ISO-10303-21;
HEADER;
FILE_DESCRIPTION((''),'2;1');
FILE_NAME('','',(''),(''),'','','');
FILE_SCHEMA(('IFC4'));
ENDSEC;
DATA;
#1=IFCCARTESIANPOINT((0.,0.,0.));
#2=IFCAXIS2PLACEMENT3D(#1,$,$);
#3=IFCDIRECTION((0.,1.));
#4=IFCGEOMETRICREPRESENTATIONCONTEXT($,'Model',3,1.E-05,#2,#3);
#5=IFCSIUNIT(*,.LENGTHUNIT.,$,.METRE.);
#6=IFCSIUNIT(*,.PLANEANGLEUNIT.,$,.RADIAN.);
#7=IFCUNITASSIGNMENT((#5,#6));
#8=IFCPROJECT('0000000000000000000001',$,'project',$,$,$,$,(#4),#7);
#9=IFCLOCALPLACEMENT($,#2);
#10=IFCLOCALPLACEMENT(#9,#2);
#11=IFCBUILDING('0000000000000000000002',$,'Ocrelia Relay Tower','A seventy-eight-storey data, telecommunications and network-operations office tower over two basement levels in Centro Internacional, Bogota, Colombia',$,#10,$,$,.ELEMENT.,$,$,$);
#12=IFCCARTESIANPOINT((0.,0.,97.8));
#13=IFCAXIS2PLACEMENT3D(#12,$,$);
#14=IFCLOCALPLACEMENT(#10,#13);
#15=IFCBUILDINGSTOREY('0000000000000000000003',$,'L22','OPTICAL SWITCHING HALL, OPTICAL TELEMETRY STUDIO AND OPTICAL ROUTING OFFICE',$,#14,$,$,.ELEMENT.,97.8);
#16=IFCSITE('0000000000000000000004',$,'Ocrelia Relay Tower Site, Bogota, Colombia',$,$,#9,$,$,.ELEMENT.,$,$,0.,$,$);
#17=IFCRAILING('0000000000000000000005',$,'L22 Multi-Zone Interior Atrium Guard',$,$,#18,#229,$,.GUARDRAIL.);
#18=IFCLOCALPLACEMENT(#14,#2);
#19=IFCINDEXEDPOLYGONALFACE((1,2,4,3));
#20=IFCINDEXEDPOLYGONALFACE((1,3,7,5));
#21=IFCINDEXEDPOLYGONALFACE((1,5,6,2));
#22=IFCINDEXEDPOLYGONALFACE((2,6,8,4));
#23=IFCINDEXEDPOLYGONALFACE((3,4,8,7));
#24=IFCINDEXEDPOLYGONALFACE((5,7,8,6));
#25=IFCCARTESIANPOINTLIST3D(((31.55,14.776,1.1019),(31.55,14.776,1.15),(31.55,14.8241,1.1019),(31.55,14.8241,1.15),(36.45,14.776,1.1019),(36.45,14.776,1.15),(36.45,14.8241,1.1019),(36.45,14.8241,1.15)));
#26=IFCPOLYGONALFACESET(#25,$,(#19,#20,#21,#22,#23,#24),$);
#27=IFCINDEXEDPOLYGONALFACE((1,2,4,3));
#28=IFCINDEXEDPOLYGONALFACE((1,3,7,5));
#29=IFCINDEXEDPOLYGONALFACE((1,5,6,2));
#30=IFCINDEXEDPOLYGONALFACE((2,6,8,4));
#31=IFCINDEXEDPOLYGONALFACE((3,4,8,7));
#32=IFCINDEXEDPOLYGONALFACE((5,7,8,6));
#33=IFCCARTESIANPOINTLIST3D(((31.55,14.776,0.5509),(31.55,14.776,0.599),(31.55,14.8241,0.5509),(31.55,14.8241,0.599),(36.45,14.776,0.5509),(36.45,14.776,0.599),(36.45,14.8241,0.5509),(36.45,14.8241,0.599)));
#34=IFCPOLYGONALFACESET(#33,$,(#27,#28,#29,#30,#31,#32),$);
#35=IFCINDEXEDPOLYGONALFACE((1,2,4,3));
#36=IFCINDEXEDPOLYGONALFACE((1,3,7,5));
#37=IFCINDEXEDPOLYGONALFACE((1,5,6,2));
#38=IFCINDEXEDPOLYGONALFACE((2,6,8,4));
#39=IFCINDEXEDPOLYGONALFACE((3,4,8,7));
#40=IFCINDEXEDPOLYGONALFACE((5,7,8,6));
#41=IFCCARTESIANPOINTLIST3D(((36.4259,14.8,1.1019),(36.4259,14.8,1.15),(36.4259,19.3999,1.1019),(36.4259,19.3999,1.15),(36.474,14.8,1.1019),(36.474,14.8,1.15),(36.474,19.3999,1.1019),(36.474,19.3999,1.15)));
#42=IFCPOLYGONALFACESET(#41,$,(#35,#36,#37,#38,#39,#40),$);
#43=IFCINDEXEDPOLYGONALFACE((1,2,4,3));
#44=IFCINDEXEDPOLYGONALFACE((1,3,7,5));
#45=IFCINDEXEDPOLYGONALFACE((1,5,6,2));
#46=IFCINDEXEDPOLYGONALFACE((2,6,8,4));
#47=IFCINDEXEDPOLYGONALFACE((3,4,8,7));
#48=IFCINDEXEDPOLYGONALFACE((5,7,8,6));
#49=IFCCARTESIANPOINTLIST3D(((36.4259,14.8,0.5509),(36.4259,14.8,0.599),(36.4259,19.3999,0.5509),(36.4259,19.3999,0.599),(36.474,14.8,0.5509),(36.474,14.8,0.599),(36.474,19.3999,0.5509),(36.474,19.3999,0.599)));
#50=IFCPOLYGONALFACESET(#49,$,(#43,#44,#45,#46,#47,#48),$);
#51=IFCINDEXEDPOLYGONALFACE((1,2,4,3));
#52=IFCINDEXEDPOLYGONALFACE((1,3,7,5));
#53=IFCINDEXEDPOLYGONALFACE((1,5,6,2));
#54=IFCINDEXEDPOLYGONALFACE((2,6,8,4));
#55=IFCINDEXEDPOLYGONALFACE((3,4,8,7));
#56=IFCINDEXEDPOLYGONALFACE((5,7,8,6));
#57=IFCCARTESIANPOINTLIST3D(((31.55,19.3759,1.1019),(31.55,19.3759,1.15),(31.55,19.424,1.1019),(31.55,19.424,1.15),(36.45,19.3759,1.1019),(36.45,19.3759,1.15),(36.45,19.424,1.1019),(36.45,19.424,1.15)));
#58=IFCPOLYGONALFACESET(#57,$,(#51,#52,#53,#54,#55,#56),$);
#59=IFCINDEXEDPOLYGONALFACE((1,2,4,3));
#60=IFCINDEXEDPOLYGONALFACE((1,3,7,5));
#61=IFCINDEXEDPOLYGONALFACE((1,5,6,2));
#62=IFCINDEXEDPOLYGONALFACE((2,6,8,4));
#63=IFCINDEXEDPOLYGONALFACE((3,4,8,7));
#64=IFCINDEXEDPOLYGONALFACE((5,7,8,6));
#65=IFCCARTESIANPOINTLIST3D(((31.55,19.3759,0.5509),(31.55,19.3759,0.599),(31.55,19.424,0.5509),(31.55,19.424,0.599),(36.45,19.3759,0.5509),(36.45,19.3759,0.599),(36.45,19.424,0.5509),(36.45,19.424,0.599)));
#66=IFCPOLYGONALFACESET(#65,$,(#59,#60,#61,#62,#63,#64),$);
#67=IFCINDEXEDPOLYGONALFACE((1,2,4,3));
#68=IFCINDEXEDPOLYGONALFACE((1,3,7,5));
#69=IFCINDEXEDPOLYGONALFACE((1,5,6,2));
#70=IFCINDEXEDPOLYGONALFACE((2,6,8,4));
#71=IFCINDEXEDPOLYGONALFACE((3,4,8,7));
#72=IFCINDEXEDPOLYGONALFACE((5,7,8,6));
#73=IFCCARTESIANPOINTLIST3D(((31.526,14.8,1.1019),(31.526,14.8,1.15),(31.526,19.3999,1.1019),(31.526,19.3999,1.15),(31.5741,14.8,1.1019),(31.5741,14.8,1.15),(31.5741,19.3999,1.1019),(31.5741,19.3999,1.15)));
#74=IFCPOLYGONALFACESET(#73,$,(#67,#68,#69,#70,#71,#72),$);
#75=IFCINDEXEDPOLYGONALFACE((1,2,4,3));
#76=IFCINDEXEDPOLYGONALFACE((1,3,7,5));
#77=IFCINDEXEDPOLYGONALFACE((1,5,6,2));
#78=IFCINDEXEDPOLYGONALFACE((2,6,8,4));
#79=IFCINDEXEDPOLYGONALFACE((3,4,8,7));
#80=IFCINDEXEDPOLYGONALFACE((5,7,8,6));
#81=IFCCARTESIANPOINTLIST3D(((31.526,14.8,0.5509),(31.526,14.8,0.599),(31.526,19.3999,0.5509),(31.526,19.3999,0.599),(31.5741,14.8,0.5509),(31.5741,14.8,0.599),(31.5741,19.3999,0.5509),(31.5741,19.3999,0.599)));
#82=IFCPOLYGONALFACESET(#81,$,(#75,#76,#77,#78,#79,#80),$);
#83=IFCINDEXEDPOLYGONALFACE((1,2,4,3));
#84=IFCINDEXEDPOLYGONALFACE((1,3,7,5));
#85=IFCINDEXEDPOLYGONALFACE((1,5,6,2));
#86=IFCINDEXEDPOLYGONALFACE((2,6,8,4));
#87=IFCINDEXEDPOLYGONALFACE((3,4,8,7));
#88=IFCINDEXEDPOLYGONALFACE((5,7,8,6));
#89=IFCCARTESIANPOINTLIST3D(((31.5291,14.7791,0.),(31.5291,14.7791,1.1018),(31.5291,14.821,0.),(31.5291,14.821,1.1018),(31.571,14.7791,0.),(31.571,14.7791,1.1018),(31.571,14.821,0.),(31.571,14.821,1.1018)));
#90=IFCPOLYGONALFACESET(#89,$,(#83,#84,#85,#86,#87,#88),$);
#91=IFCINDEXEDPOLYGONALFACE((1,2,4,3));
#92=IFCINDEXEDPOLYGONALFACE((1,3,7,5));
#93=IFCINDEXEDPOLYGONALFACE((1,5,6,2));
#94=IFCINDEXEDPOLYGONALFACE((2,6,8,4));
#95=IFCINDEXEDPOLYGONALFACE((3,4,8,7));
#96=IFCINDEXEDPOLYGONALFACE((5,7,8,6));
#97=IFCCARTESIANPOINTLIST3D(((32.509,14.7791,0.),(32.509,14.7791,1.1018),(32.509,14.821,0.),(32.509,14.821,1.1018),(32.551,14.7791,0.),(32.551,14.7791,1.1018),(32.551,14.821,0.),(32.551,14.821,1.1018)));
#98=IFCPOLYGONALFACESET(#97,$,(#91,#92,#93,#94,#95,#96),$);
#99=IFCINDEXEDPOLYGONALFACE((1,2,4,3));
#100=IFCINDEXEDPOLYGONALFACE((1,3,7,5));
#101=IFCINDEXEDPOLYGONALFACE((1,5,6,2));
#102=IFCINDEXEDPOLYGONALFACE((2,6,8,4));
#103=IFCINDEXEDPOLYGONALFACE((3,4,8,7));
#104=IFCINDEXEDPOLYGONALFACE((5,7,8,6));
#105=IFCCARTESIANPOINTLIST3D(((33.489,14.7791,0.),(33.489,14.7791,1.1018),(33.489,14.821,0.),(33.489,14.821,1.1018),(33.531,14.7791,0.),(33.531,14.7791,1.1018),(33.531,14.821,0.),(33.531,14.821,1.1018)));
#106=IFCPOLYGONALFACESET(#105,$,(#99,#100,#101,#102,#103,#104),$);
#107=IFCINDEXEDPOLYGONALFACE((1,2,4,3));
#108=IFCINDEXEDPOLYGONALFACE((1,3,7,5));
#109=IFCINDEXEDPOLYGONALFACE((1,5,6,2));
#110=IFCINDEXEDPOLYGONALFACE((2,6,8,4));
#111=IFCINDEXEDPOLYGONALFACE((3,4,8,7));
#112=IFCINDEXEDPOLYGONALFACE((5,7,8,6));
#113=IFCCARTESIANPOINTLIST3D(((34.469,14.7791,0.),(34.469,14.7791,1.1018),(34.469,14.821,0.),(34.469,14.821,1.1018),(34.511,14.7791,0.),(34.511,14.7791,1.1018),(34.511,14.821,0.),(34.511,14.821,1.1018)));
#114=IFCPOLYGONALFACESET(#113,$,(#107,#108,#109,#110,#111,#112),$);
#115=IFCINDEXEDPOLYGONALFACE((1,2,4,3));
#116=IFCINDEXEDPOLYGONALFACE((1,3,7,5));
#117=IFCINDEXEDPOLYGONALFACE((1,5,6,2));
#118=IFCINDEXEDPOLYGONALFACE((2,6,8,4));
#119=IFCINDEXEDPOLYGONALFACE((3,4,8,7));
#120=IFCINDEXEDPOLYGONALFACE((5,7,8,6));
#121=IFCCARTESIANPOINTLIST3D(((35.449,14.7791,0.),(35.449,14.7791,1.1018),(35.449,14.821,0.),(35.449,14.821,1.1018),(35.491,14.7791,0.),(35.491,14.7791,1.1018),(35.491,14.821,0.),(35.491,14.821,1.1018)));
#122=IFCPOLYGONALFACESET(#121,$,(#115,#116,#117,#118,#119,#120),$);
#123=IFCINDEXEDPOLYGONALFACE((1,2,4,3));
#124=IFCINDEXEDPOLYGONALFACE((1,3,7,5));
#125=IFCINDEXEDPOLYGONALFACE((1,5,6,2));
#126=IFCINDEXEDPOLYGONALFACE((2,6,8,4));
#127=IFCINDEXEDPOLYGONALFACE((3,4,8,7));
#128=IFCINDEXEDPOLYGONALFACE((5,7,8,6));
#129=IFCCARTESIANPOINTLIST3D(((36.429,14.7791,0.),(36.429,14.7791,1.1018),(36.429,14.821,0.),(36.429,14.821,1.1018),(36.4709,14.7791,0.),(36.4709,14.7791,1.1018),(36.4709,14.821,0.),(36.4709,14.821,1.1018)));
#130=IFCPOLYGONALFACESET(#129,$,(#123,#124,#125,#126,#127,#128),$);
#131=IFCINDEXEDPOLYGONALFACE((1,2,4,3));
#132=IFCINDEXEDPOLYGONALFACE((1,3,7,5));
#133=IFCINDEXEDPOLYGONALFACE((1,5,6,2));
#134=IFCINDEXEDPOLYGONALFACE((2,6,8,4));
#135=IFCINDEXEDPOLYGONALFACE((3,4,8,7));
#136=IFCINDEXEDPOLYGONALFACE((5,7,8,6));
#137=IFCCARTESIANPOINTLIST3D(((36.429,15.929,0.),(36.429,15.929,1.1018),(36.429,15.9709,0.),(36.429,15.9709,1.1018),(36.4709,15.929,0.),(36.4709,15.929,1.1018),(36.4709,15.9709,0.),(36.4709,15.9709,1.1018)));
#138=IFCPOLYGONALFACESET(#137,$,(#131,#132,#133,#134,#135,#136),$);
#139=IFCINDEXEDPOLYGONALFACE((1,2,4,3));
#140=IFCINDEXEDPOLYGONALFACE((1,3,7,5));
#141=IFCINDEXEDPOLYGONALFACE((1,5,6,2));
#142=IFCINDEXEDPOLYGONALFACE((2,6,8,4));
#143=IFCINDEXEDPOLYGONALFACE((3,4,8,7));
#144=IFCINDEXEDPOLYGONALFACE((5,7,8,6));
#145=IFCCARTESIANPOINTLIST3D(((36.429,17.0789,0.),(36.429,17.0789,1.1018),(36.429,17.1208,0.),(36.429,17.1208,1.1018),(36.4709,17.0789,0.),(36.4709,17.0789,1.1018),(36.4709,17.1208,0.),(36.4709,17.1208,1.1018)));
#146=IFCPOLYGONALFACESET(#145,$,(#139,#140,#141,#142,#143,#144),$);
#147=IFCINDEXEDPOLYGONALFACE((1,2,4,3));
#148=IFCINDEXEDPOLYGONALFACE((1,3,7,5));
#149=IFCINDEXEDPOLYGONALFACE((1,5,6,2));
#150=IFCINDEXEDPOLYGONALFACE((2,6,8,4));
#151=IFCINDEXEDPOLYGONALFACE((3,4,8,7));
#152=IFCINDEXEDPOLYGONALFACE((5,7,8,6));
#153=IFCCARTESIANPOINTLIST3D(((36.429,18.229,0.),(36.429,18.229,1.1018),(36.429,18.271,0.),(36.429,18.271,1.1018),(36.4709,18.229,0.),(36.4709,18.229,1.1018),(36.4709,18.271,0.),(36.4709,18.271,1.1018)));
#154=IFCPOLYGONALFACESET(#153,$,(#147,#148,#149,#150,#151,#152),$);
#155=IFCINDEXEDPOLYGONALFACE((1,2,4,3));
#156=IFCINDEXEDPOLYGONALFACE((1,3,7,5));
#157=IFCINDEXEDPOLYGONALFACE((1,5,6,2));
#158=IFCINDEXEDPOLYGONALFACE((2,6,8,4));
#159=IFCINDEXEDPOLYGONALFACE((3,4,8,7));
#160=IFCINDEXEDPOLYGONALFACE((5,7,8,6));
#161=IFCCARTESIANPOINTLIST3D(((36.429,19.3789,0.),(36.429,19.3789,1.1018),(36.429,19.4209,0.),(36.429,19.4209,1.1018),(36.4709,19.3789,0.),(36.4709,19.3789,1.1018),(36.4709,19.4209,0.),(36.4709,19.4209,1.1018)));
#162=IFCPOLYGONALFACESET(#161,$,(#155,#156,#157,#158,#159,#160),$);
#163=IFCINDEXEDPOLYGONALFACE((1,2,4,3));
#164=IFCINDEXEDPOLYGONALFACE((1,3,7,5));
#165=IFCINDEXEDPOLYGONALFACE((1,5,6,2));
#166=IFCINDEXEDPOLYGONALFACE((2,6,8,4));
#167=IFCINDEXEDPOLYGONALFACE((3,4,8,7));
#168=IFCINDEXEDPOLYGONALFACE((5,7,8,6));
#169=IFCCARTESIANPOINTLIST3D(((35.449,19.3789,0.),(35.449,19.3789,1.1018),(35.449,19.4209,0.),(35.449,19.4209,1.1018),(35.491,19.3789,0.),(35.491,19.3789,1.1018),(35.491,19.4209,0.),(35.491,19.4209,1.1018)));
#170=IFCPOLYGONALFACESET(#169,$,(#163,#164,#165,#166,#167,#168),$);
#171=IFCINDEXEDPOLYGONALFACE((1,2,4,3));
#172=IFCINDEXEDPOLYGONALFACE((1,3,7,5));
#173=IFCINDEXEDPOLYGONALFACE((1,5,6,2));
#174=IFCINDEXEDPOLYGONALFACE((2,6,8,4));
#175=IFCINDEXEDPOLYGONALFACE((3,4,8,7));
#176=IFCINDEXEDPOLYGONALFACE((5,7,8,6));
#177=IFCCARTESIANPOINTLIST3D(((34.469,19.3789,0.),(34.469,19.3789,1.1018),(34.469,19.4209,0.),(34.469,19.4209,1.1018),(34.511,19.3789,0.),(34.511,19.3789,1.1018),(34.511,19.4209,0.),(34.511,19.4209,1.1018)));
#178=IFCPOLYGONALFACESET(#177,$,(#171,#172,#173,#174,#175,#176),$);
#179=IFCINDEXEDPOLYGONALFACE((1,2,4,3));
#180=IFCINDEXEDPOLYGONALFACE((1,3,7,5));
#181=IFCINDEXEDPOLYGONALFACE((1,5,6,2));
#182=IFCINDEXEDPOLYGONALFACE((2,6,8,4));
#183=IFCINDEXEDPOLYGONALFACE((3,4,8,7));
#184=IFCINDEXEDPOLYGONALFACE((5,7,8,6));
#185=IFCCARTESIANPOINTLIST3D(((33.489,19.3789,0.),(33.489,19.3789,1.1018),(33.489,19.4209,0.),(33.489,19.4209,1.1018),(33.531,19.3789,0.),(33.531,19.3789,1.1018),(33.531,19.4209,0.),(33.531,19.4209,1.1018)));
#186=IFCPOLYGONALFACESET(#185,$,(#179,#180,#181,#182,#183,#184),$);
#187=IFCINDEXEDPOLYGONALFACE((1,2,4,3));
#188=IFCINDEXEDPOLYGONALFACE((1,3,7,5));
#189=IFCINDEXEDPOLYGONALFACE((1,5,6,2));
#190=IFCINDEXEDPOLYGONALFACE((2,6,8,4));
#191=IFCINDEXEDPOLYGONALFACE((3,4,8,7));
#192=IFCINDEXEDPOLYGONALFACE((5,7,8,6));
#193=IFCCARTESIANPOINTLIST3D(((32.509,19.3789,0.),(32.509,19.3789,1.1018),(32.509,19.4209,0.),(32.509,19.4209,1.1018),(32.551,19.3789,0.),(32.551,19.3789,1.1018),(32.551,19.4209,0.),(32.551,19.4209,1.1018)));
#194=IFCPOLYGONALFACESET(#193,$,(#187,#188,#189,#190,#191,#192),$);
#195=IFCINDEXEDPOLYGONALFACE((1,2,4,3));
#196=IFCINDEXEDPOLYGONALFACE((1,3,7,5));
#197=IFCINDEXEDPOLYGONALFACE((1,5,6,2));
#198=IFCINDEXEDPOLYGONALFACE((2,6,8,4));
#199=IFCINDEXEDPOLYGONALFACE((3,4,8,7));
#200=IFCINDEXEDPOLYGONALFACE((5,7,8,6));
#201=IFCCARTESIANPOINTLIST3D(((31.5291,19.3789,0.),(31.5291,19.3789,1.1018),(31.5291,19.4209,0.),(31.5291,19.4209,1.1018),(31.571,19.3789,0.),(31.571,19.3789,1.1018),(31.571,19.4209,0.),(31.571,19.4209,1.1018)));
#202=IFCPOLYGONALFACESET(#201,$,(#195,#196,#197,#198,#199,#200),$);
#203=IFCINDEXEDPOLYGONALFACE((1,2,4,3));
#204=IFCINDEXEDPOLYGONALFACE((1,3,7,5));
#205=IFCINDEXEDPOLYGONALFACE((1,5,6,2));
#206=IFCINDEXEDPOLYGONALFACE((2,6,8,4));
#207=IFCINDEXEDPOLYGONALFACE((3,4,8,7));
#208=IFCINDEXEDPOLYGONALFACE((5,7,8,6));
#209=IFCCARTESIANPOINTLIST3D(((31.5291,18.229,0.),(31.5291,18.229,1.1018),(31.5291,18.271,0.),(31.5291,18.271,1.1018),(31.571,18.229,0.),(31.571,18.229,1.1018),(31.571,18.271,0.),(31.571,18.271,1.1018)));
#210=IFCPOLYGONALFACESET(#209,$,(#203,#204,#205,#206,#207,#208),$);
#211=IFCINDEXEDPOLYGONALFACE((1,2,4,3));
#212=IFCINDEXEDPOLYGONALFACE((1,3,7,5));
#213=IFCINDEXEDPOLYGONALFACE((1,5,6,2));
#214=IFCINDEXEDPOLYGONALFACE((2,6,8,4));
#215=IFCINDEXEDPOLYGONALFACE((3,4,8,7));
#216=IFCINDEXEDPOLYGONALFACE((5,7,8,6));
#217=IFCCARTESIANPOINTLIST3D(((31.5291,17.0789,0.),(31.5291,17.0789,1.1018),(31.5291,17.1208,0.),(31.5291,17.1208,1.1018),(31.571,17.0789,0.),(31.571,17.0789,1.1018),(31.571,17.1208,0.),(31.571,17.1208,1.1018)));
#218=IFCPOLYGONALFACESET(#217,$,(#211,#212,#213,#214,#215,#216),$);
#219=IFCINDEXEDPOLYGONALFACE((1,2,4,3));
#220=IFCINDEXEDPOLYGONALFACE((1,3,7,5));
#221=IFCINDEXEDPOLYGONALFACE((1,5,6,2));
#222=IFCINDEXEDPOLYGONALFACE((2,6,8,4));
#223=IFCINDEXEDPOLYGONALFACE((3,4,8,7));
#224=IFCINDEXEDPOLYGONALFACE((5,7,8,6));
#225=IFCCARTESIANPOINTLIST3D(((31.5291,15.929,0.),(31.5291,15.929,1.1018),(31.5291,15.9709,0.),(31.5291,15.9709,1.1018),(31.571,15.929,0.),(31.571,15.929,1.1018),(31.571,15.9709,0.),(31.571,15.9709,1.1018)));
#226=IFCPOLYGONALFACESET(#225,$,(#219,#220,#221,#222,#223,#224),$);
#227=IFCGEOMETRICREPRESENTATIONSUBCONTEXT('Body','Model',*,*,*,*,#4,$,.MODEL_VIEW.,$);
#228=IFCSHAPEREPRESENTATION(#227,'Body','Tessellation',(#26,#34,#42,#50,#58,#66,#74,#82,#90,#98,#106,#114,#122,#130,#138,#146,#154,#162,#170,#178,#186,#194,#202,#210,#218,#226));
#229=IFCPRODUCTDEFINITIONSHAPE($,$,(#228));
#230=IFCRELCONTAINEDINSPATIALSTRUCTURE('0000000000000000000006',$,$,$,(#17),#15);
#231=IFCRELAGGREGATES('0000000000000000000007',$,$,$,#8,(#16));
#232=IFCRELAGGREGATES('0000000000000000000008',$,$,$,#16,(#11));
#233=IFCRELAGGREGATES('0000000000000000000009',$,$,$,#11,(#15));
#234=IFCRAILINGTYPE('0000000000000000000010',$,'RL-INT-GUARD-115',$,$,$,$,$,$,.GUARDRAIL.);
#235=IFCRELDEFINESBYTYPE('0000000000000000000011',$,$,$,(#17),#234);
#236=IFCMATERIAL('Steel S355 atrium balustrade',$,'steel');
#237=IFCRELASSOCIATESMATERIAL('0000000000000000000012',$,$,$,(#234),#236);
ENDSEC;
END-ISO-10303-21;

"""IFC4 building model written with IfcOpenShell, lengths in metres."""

from ifc_helpers import new_model, si_unit, direction, frame, origin, origin_2d, place, context, subcontext, project, spatial, rectangle, extrude, material, type_object, element, save


model = new_model("IFC4")

# Units and contexts
model_context = context("Model", 3, precision=1e-05, world=origin(), true_north=direction((0.0, 1.0)))
body_context = subcontext(model_context, "Body", "Model", "MODEL_VIEW")
ifc_project = project(units=[si_unit("LENGTHUNIT", "METRE"), si_unit("PLANEANGLEUNIT", "RADIAN")], contexts=[model_context])

# Site, building, storey
site_placement = place(None, origin())
site = spatial("IfcSite", under=ifc_project, at=site_placement, Name="Ocrelia Relay Tower Site, Bogota, Colombia", CompositionType="ELEMENT", RefElevation=0.0)
building_placement = place(site_placement, origin())
building = spatial("IfcBuilding", under=site, at=building_placement, Name="Ocrelia Relay Tower", Description="A seventy-eight-storey data, telecommunications and network-operations office tower over two basement levels in Centro Internacional, Bogota, Colombia", CompositionType="ELEMENT")
storey_placement = place(building_placement, frame((0.0, 0.0, 97.8)))
storey = spatial("IfcBuildingStorey", under=building, at=storey_placement, Name="L22", Description="OPTICAL SWITCHING HALL, OPTICAL TELEMETRY STUDIO AND OPTICAL ROUTING OFFICE", CompositionType="ELEMENT", Elevation=97.8)

# Railing
ifc_material_1 = material(Name="Steel S355 atrium balustrade", Category="steel")
railing_type = type_object("IfcRailingType", Name="RL-INT-GUARD-115", PredefinedType="GUARDRAIL", material=ifc_material_1)
railing_placement = place(storey_placement, frame((31.55, 14.8, 0.0)))
element("IfcRailing", 1, at=railing_placement, inside=storey, type_object=railing_type, Name="L22 Multi-Zone Interior Atrium Guard", PredefinedType="GUARDRAIL", context=body_context, shape_type="SweptSolid", body=[
    extrude(rectangle(XDim=0.0481, YDim=0.0481, at=origin_2d()), frame((0.0, 0.0, 1.126), z_axis=(1.0, 0.0, 0.0), x_axis=(0.0, 1.0, 0.0)), (0.0, 0.0, 1.0), 4.8999),
    extrude(rectangle(XDim=0.0481, YDim=0.0481, at=origin_2d()), frame((0.0, 0.0, 0.575), z_axis=(1.0, 0.0, 0.0), x_axis=(0.0, 1.0, 0.0)), (0.0, 0.0, 1.0), 4.8999),
    extrude(rectangle(XDim=0.0481, YDim=0.0481, at=origin_2d()), frame((4.8999, 0.0, 1.126), z_axis=(0.0, 1.0, 0.0), x_axis=(-1.0, 0.0, 0.0)), (0.0, 0.0, 1.0), 4.5999),
    extrude(rectangle(XDim=0.0481, YDim=0.0481, at=origin_2d()), frame((4.8999, 0.0, 0.575), z_axis=(0.0, 1.0, 0.0), x_axis=(-1.0, 0.0, 0.0)), (0.0, 0.0, 1.0), 4.5999),
    extrude(rectangle(XDim=0.0481, YDim=0.0481, at=origin_2d()), frame((4.8999, 4.5999, 1.126), z_axis=(-1.0, 0.0, 0.0), x_axis=(0.0, -1.0, 0.0)), (0.0, 0.0, 1.0), 4.8999),
    extrude(rectangle(XDim=0.0481, YDim=0.0481, at=origin_2d()), frame((4.8999, 4.5999, 0.575), z_axis=(-1.0, 0.0, 0.0), x_axis=(0.0, -1.0, 0.0)), (0.0, 0.0, 1.0), 4.8999),
    extrude(rectangle(XDim=0.0481, YDim=0.0481, at=origin_2d()), frame((0.0, 4.5999, 1.126), z_axis=(0.0, -1.0, 0.0), x_axis=(1.0, 0.0, 0.0)), (0.0, 0.0, 1.0), 4.5999),
    extrude(rectangle(XDim=0.0481, YDim=0.0481, at=origin_2d()), frame((0.0, 4.5999, 0.575), z_axis=(0.0, -1.0, 0.0), x_axis=(1.0, 0.0, 0.0)), (0.0, 0.0, 1.0), 4.5999),
    extrude(rectangle(XDim=0.042, YDim=0.042, at=origin_2d()), origin(), (0.0, 0.0, 1.0), 1.1018),
    extrude(rectangle(XDim=0.042, YDim=0.042, at=origin_2d()), frame((0.98, 0.0, 0.0)), (0.0, 0.0, 1.0), 1.1018),
    extrude(rectangle(XDim=0.042, YDim=0.042, at=origin_2d()), frame((1.96, 0.0, 0.0)), (0.0, 0.0, 1.0), 1.1018),
    extrude(rectangle(XDim=0.042, YDim=0.042, at=origin_2d()), frame((2.9399, 0.0, 0.0)), (0.0, 0.0, 1.0), 1.1018),
    extrude(rectangle(XDim=0.042, YDim=0.042, at=origin_2d()), frame((3.9199, 0.0, 0.0)), (0.0, 0.0, 1.0), 1.1018),
    extrude(rectangle(XDim=0.042, YDim=0.042, at=origin_2d()), frame((4.8999, 0.0, 0.0)), (0.0, 0.0, 1.0), 1.1018),
    extrude(rectangle(XDim=0.042, YDim=0.042, at=origin_2d()), frame((4.8999, 1.1499, 0.0)), (0.0, 0.0, 1.0), 1.1018),
    extrude(rectangle(XDim=0.042, YDim=0.042, at=origin_2d()), frame((4.8999, 2.2998, 0.0)), (0.0, 0.0, 1.0), 1.1018),
    extrude(rectangle(XDim=0.042, YDim=0.042, at=origin_2d()), frame((4.8999, 3.45, 0.0)), (0.0, 0.0, 1.0), 1.1018),
    extrude(rectangle(XDim=0.042, YDim=0.042, at=origin_2d()), frame((4.8999, 4.5999, 0.0)), (0.0, 0.0, 1.0), 1.1018),
    extrude(rectangle(XDim=0.042, YDim=0.042, at=origin_2d()), frame((3.9199, 4.5999, 0.0)), (0.0, 0.0, 1.0), 1.1018),
    extrude(rectangle(XDim=0.042, YDim=0.042, at=origin_2d()), frame((2.9399, 4.5999, 0.0)), (0.0, 0.0, 1.0), 1.1018),
    extrude(rectangle(XDim=0.042, YDim=0.042, at=origin_2d()), frame((1.96, 4.5999, 0.0)), (0.0, 0.0, 1.0), 1.1018),
    extrude(rectangle(XDim=0.042, YDim=0.042, at=origin_2d()), frame((0.98, 4.5999, 0.0)), (0.0, 0.0, 1.0), 1.1018),
    extrude(rectangle(XDim=0.042, YDim=0.042, at=origin_2d()), frame((0.0, 4.5999, 0.0)), (0.0, 0.0, 1.0), 1.1018),
    extrude(rectangle(XDim=0.042, YDim=0.042, at=origin_2d()), frame((0.0, 3.45, 0.0)), (0.0, 0.0, 1.0), 1.1018),
    extrude(rectangle(XDim=0.042, YDim=0.042, at=origin_2d()), frame((0.0, 2.2998, 0.0)), (0.0, 0.0, 1.0), 1.1018),
    extrude(rectangle(XDim=0.042, YDim=0.042, at=origin_2d()), frame((0.0, 1.1499, 0.0)), (0.0, 0.0, 1.0), 1.1018),
])

save(model, "model.ifc")
